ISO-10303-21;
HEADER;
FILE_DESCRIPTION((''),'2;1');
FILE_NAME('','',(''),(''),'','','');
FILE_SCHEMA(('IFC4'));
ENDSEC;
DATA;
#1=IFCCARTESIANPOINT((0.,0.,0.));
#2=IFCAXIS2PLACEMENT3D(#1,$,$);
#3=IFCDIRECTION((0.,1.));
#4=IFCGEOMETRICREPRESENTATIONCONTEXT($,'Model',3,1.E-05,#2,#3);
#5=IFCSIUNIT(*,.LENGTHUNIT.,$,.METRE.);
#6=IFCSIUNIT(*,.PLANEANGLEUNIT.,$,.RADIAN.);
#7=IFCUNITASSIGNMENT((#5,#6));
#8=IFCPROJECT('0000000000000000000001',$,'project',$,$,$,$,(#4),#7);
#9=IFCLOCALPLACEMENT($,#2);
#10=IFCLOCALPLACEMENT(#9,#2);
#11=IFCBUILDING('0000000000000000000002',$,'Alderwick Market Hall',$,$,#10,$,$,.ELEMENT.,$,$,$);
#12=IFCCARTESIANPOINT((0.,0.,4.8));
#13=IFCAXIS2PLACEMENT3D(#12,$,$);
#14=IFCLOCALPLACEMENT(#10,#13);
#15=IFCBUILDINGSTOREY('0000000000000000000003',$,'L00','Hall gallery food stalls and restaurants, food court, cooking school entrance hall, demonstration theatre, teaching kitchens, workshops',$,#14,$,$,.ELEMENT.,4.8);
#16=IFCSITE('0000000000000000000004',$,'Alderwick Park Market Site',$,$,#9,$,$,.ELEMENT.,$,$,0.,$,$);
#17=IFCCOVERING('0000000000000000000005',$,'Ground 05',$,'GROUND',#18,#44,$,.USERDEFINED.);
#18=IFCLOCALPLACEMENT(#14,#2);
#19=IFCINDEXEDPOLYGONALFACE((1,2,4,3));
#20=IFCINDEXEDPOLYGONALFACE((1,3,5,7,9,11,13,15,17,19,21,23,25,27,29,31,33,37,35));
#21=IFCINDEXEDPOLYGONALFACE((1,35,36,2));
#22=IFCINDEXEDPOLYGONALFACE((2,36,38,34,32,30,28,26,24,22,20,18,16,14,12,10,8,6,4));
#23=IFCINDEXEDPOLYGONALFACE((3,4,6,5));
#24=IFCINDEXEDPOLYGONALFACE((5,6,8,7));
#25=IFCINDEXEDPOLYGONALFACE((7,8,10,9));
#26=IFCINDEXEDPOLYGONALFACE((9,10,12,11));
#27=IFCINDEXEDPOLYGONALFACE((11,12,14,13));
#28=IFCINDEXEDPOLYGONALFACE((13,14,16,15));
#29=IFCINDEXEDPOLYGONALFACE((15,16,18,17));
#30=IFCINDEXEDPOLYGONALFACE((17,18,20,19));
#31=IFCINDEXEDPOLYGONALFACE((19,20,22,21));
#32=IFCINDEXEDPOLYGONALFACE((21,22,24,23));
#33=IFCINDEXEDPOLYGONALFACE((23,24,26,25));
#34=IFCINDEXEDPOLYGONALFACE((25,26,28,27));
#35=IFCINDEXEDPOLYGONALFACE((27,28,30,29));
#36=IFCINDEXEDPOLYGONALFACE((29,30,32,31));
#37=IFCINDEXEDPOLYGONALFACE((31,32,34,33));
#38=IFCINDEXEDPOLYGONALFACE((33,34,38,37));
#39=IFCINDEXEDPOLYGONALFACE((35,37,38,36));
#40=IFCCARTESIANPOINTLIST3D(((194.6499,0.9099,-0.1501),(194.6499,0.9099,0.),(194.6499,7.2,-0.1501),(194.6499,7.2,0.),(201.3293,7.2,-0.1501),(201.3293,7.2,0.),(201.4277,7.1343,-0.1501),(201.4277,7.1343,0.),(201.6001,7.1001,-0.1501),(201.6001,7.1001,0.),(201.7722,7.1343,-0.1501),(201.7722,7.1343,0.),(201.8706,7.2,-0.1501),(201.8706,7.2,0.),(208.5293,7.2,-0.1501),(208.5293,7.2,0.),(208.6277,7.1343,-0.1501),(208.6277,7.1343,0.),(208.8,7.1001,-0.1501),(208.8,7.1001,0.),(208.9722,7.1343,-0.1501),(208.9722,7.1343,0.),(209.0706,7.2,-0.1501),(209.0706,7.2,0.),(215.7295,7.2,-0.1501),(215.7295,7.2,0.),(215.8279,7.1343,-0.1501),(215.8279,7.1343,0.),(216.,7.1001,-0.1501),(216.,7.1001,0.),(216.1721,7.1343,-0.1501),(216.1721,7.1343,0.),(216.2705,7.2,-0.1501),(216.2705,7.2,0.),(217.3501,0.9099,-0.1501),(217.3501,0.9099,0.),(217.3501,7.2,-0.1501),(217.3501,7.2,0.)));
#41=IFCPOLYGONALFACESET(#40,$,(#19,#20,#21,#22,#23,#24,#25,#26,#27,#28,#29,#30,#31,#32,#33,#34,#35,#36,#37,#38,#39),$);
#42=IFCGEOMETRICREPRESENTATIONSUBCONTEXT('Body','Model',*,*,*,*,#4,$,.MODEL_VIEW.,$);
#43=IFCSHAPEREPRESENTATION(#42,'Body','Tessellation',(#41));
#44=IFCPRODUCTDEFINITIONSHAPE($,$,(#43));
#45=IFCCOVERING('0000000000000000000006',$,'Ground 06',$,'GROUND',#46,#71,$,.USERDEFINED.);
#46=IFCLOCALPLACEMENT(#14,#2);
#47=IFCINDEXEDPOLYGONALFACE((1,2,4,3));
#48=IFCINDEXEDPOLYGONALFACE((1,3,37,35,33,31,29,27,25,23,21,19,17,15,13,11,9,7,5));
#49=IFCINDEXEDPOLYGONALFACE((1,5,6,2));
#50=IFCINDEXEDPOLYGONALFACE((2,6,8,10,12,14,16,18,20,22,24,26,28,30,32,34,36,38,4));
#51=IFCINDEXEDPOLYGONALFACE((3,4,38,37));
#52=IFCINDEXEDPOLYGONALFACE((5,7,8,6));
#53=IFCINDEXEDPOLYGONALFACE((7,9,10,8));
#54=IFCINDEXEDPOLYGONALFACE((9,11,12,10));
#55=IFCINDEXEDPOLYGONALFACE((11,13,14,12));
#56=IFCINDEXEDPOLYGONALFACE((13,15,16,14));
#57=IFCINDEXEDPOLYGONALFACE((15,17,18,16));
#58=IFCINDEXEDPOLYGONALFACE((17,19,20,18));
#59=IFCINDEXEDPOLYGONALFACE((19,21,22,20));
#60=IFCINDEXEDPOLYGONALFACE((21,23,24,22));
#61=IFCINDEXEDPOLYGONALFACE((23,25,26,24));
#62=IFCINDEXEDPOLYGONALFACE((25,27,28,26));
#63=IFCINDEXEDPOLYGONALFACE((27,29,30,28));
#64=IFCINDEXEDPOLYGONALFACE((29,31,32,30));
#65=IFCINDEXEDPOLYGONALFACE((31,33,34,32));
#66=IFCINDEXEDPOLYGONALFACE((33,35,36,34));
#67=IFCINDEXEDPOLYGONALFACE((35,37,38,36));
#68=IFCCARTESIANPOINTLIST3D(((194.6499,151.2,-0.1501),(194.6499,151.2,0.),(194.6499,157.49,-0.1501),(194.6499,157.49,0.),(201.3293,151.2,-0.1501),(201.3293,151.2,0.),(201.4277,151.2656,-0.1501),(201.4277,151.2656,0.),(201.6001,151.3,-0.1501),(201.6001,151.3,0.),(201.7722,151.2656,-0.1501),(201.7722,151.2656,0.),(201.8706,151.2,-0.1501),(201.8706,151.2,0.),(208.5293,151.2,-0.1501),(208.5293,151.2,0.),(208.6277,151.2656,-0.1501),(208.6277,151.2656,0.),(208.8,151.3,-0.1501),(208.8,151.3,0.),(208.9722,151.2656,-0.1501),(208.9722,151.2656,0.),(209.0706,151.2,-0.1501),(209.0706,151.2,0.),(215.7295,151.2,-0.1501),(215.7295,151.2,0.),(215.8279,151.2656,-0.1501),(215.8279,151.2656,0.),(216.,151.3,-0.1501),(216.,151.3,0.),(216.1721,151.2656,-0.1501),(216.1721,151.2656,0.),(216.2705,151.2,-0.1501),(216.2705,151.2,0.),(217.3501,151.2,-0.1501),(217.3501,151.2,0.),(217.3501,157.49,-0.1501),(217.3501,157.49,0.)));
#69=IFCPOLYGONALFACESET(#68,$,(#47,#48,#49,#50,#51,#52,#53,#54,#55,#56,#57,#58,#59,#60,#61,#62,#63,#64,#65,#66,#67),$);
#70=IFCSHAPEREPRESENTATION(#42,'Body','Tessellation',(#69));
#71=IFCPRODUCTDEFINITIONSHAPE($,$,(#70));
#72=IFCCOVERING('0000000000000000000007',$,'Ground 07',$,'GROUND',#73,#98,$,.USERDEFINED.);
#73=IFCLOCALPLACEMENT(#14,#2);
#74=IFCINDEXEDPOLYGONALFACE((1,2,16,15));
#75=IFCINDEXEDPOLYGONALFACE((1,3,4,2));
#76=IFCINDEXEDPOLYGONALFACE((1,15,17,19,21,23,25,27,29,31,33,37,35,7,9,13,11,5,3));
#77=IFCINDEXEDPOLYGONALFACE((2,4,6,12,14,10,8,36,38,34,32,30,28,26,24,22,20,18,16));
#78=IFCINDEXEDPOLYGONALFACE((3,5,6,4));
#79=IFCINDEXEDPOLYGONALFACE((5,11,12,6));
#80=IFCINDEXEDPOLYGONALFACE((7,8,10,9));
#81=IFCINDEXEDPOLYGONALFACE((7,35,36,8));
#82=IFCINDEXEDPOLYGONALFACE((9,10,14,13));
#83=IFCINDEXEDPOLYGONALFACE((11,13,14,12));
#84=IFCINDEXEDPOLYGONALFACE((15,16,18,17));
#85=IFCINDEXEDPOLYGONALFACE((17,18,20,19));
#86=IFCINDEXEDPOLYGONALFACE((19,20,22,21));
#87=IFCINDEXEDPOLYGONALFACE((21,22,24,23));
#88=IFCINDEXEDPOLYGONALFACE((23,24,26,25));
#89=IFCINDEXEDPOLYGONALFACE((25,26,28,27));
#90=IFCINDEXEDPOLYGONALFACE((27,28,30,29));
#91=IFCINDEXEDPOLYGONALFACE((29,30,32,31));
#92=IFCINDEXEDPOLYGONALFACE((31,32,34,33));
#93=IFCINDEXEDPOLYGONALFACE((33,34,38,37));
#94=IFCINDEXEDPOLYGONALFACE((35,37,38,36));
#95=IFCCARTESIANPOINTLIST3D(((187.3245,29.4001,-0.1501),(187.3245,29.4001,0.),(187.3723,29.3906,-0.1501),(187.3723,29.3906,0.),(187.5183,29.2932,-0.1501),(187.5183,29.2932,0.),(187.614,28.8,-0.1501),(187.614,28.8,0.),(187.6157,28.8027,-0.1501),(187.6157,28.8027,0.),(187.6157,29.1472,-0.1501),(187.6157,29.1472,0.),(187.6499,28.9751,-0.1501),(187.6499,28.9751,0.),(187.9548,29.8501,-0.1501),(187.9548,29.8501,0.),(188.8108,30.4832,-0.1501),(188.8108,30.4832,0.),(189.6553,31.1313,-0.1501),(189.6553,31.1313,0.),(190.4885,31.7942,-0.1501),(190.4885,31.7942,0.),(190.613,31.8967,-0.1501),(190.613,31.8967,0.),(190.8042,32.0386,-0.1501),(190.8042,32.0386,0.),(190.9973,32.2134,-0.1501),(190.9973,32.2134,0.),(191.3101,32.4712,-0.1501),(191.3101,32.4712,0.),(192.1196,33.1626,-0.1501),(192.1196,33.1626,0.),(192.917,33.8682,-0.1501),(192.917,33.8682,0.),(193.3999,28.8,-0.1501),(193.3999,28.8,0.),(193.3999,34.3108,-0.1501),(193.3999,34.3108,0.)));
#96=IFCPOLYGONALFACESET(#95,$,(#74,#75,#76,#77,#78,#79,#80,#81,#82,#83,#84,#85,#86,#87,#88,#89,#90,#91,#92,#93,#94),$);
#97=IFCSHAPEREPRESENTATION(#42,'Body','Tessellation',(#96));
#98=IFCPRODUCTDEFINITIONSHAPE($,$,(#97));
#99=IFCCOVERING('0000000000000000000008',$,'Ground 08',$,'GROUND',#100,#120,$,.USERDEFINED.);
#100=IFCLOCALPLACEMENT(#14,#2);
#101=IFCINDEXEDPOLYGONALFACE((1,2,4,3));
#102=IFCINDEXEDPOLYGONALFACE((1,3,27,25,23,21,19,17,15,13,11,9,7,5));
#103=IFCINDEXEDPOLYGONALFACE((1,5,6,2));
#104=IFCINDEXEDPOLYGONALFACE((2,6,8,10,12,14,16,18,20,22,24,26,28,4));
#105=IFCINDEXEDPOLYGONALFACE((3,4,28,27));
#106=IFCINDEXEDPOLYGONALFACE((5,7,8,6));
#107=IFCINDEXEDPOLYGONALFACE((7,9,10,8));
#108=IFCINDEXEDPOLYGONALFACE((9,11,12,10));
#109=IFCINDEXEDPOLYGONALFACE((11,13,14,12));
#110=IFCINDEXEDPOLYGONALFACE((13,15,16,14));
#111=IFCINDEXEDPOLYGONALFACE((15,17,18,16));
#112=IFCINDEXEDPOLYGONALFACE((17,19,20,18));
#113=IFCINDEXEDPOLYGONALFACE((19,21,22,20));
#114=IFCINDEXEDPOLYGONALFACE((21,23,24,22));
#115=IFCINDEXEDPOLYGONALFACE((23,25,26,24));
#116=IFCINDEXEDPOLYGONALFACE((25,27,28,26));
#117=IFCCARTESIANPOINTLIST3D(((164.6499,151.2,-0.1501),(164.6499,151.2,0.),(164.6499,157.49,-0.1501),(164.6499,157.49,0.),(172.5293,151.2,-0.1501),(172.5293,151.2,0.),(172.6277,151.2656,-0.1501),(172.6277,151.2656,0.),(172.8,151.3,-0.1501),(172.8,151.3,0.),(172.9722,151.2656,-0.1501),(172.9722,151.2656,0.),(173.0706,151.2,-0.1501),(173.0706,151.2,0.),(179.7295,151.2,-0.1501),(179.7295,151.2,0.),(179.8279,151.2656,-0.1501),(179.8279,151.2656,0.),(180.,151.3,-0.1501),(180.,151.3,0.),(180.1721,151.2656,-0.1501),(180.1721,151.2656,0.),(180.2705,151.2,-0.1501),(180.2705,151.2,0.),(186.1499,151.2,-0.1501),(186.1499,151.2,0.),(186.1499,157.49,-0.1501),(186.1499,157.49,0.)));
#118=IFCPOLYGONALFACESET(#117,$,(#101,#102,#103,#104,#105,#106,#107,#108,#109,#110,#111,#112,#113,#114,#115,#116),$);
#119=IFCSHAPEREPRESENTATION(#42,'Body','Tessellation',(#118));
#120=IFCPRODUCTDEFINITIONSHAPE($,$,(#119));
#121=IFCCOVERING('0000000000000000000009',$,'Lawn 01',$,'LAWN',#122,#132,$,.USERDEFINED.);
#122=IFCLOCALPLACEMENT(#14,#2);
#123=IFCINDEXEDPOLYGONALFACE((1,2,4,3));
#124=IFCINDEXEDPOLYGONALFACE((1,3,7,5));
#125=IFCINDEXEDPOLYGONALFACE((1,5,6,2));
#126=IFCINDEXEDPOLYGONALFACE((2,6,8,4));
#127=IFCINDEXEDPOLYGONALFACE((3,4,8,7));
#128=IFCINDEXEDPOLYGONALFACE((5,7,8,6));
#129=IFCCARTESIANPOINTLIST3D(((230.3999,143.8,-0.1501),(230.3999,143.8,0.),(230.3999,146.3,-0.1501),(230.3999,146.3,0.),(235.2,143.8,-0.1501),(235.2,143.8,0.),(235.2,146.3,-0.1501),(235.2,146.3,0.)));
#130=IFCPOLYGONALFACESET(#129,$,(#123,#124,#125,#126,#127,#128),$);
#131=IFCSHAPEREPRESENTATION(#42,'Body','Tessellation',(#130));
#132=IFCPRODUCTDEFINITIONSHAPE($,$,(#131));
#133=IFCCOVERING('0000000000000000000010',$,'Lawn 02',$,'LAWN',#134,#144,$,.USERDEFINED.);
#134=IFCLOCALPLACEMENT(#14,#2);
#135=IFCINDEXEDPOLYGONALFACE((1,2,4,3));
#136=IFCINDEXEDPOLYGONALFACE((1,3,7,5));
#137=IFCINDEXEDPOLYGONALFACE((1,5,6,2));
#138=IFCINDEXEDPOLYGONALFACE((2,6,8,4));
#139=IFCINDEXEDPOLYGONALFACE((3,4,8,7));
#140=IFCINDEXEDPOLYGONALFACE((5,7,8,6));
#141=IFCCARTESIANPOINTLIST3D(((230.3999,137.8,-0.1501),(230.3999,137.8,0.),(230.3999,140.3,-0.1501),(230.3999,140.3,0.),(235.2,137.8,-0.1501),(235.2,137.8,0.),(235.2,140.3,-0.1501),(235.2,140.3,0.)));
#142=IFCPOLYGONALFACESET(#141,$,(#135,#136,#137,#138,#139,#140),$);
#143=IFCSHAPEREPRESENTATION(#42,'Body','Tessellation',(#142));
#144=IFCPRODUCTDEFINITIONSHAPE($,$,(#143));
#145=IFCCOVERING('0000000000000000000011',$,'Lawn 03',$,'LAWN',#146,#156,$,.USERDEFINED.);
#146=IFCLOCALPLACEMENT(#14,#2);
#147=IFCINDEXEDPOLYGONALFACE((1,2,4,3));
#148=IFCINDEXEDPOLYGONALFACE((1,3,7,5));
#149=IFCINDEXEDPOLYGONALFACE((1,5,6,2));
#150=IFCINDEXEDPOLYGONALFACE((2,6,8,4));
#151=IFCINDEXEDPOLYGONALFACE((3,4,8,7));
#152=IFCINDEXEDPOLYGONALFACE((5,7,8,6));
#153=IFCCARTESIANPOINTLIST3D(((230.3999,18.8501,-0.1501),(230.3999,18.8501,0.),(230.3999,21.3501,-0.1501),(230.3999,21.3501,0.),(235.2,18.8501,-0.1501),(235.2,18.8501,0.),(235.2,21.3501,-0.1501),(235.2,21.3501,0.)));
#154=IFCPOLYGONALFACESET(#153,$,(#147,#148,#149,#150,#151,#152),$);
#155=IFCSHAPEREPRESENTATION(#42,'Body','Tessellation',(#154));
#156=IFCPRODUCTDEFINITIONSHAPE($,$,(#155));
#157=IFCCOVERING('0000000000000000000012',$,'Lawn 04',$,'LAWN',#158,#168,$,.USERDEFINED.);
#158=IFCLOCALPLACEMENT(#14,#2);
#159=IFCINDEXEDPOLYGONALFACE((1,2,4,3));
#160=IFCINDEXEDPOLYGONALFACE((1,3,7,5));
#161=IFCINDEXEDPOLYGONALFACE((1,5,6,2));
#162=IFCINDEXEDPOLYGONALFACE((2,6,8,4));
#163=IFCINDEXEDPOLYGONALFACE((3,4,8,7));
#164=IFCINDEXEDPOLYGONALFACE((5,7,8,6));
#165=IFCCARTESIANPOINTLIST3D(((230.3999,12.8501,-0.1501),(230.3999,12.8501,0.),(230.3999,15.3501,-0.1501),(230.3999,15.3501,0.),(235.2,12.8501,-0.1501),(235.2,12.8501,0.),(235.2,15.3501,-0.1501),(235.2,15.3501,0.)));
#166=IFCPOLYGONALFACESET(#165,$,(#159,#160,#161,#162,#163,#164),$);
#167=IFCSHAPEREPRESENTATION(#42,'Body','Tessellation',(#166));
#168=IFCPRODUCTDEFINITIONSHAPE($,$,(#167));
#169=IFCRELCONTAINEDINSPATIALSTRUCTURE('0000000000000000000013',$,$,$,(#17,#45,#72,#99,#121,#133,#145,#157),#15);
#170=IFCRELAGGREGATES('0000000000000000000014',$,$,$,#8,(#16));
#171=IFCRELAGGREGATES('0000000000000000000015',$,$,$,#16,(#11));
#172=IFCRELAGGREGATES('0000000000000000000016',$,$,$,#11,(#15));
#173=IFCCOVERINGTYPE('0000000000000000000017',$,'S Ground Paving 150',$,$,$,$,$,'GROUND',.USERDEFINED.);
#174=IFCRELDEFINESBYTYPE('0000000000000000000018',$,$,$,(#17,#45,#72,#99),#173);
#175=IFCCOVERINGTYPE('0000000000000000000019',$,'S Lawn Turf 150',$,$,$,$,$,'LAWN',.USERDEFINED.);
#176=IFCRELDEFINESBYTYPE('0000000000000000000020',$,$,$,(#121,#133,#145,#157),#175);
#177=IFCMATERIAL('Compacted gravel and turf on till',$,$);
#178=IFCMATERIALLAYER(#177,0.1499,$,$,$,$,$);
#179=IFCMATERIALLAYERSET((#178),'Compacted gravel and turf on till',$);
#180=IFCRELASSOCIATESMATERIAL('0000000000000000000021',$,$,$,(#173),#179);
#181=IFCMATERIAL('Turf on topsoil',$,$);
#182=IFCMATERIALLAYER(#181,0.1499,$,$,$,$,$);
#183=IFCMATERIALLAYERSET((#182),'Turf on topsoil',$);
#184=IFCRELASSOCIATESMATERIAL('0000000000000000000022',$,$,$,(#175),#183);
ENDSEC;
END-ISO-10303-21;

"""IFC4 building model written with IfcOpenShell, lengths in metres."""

from ifc_helpers import new_model, si_unit, direction, frame, origin, place, context, subcontext, project, spatial, polyline, outline, extrude, material, layer, layer_set, type_object, element, save


model = new_model("IFC4")

# Units and contexts
model_context = context("Model", 3, precision=1e-05, world=origin(), true_north=direction((0.0, 1.0)))
body_context = subcontext(model_context, "Body", "Model", "MODEL_VIEW")
ifc_project = project(units=[si_unit("LENGTHUNIT", "METRE"), si_unit("PLANEANGLEUNIT", "RADIAN")], contexts=[model_context])

# Site, building, storey
site_placement = place(None, origin())
site = spatial("IfcSite", under=ifc_project, at=site_placement, Name="Alderwick Park Market Site", CompositionType="ELEMENT", RefElevation=0.0)
building_placement = place(site_placement, origin())
building = spatial("IfcBuilding", under=site, at=building_placement, Name="Alderwick Market Hall", CompositionType="ELEMENT")
storey_placement = place(building_placement, frame((0.0, 0.0, 4.8)))
storey = spatial("IfcBuildingStorey", under=building, at=storey_placement, Name="L00", Description="Hall gallery food stalls and restaurants, food court, cooking school entrance hall, demonstration theatre, teaching kitchens, workshops", CompositionType="ELEMENT", Elevation=4.8)

# Coverings
ifc_material_1 = material(Name="Compacted gravel and turf on till")
ifc_layer_1 = layer(ifc_material_1, 0.1499)
ifc_layer_set_1 = layer_set([ifc_layer_1], Name="Compacted gravel and turf on till")
covering_type_1 = type_object("IfcCoveringType", Name="S Ground Paving 150", ElementType="GROUND", PredefinedType="USERDEFINED", material=ifc_layer_set_1)
covering_1_placement = place(storey_placement, frame((0.0, 0.0, -0.1501)))
element("IfcCovering", 1, at=covering_1_placement, inside=storey, type_object=covering_type_1, Name="Ground 05", ObjectType="GROUND", PredefinedType="USERDEFINED", context=body_context, shape_type="SweptSolid", body=[
    extrude(outline(polyline([(208.6277, 7.1343), (208.5293, 7.2), (201.8706, 7.2), (201.7722, 7.1343), (201.6001, 7.1001), (201.4277, 7.1343), (201.3293, 7.2), (194.6499, 7.2), (194.6499, 0.9099), (217.3501, 0.9099), (217.3501, 7.2), (216.2705, 7.2), (216.1721, 7.1343), (216.0, 7.1001), (215.8279, 7.1343), (215.7295, 7.2), (209.0706, 7.2), (208.9722, 7.1343), (208.8, 7.1001), (208.6277, 7.1343)])), origin(), (0.0, 0.0, 1.0), 0.1501),
])
covering_2_placement = place(storey_placement, frame((0.0, 0.0, -0.1501)))
element("IfcCovering", 2, at=covering_2_placement, inside=storey, type_object=covering_type_1, Name="Ground 06", ObjectType="GROUND", PredefinedType="USERDEFINED", context=body_context, shape_type="SweptSolid", body=[
    extrude(outline(polyline([(208.9722, 151.2656), (209.0706, 151.2), (215.7295, 151.2), (215.8279, 151.2656), (216.0, 151.3), (216.1721, 151.2656), (216.2705, 151.2), (217.3501, 151.2), (217.3501, 157.49), (194.6499, 157.49), (194.6499, 151.2), (201.3293, 151.2), (201.4277, 151.2656), (201.6001, 151.3), (201.7722, 151.2656), (201.8706, 151.2), (208.5293, 151.2), (208.6277, 151.2656), (208.8, 151.3), (208.9722, 151.2656)])), origin(), (0.0, 0.0, 1.0), 0.1501),
])
covering_3_placement = place(storey_placement, frame((0.0, 0.0, -0.1501)))
element("IfcCovering", 3, at=covering_3_placement, inside=storey, type_object=covering_type_1, Name="Ground 07", ObjectType="GROUND", PredefinedType="USERDEFINED", context=body_context, shape_type="SweptSolid", body=[
    extrude(outline(polyline([(187.3723, 29.3906), (187.5183, 29.2932), (187.6157, 29.1472), (187.6499, 28.9751), (187.6157, 28.8027), (187.614, 28.8), (193.3999, 28.8), (193.3999, 34.3108), (192.917, 33.8682), (192.1196, 33.1626), (191.3101, 32.4712), (190.9973, 32.2134), (190.8042, 32.0386), (190.613, 31.8967), (190.4885, 31.7942), (189.6553, 31.1313), (188.8108, 30.4832), (187.9548, 29.8501), (187.3245, 29.4001), (187.3723, 29.3906)])), origin(), (0.0, 0.0, 1.0), 0.1501),
])
covering_4_placement = place(storey_placement, frame((0.0, 0.0, -0.1501)))
element("IfcCovering", 4, at=covering_4_placement, inside=storey, type_object=covering_type_1, Name="Ground 08", ObjectType="GROUND", PredefinedType="USERDEFINED", context=body_context, shape_type="SweptSolid", body=[
    extrude(outline(polyline([(179.7295, 151.2), (179.8279, 151.2656), (180.0, 151.3), (180.1721, 151.2656), (180.2705, 151.2), (186.1499, 151.2), (186.1499, 157.49), (164.6499, 157.49), (164.6499, 151.2), (172.5293, 151.2), (172.6277, 151.2656), (172.8, 151.3), (172.9722, 151.2656), (173.0706, 151.2), (179.7295, 151.2)])), origin(), (0.0, 0.0, 1.0), 0.1501),
])
ifc_material_2 = material(Name="Turf on topsoil")
ifc_layer_2 = layer(ifc_material_2, 0.1499)
ifc_layer_set_2 = layer_set([ifc_layer_2], Name="Turf on topsoil")
covering_type_2 = type_object("IfcCoveringType", Name="S Lawn Turf 150", ElementType="LAWN", PredefinedType="USERDEFINED", material=ifc_layer_set_2)
covering_5_placement = place(storey_placement, frame((0.0, 0.0, -0.1501)))
element("IfcCovering", 5, at=covering_5_placement, inside=storey, type_object=covering_type_2, Name="Lawn 01", ObjectType="LAWN", PredefinedType="USERDEFINED", context=body_context, shape_type="SweptSolid", body=[
    extrude(outline(polyline([(230.3999, 146.3), (230.3999, 143.8), (235.2, 143.8), (235.2, 146.3), (230.3999, 146.3)])), origin(), (0.0, 0.0, 1.0), 0.1501),
])
covering_6_placement = place(storey_placement, frame((0.0, 0.0, -0.1501)))
element("IfcCovering", 6, at=covering_6_placement, inside=storey, type_object=covering_type_2, Name="Lawn 02", ObjectType="LAWN", PredefinedType="USERDEFINED", context=body_context, shape_type="SweptSolid", body=[
    extrude(outline(polyline([(230.3999, 140.3), (230.3999, 137.8), (235.2, 137.8), (235.2, 140.3), (230.3999, 140.3)])), origin(), (0.0, 0.0, 1.0), 0.1501),
])
covering_7_placement = place(storey_placement, frame((0.0, 0.0, -0.1501)))
element("IfcCovering", 7, at=covering_7_placement, inside=storey, type_object=covering_type_2, Name="Lawn 03", ObjectType="LAWN", PredefinedType="USERDEFINED", context=body_context, shape_type="SweptSolid", body=[
    extrude(outline(polyline([(230.3999, 21.3501), (230.3999, 18.8501), (235.2, 18.8501), (235.2, 21.3501), (230.3999, 21.3501)])), origin(), (0.0, 0.0, 1.0), 0.1501),
])
covering_8_placement = place(storey_placement, frame((0.0, 0.0, -0.1501)))
element("IfcCovering", 8, at=covering_8_placement, inside=storey, type_object=covering_type_2, Name="Lawn 04", ObjectType="LAWN", PredefinedType="USERDEFINED", context=body_context, shape_type="SweptSolid", body=[
    extrude(outline(polyline([(230.3999, 15.3501), (230.3999, 12.8501), (235.2, 12.8501), (235.2, 15.3501), (230.3999, 15.3501)])), origin(), (0.0, 0.0, 1.0), 0.1501),
])

save(model, "model.ifc")
